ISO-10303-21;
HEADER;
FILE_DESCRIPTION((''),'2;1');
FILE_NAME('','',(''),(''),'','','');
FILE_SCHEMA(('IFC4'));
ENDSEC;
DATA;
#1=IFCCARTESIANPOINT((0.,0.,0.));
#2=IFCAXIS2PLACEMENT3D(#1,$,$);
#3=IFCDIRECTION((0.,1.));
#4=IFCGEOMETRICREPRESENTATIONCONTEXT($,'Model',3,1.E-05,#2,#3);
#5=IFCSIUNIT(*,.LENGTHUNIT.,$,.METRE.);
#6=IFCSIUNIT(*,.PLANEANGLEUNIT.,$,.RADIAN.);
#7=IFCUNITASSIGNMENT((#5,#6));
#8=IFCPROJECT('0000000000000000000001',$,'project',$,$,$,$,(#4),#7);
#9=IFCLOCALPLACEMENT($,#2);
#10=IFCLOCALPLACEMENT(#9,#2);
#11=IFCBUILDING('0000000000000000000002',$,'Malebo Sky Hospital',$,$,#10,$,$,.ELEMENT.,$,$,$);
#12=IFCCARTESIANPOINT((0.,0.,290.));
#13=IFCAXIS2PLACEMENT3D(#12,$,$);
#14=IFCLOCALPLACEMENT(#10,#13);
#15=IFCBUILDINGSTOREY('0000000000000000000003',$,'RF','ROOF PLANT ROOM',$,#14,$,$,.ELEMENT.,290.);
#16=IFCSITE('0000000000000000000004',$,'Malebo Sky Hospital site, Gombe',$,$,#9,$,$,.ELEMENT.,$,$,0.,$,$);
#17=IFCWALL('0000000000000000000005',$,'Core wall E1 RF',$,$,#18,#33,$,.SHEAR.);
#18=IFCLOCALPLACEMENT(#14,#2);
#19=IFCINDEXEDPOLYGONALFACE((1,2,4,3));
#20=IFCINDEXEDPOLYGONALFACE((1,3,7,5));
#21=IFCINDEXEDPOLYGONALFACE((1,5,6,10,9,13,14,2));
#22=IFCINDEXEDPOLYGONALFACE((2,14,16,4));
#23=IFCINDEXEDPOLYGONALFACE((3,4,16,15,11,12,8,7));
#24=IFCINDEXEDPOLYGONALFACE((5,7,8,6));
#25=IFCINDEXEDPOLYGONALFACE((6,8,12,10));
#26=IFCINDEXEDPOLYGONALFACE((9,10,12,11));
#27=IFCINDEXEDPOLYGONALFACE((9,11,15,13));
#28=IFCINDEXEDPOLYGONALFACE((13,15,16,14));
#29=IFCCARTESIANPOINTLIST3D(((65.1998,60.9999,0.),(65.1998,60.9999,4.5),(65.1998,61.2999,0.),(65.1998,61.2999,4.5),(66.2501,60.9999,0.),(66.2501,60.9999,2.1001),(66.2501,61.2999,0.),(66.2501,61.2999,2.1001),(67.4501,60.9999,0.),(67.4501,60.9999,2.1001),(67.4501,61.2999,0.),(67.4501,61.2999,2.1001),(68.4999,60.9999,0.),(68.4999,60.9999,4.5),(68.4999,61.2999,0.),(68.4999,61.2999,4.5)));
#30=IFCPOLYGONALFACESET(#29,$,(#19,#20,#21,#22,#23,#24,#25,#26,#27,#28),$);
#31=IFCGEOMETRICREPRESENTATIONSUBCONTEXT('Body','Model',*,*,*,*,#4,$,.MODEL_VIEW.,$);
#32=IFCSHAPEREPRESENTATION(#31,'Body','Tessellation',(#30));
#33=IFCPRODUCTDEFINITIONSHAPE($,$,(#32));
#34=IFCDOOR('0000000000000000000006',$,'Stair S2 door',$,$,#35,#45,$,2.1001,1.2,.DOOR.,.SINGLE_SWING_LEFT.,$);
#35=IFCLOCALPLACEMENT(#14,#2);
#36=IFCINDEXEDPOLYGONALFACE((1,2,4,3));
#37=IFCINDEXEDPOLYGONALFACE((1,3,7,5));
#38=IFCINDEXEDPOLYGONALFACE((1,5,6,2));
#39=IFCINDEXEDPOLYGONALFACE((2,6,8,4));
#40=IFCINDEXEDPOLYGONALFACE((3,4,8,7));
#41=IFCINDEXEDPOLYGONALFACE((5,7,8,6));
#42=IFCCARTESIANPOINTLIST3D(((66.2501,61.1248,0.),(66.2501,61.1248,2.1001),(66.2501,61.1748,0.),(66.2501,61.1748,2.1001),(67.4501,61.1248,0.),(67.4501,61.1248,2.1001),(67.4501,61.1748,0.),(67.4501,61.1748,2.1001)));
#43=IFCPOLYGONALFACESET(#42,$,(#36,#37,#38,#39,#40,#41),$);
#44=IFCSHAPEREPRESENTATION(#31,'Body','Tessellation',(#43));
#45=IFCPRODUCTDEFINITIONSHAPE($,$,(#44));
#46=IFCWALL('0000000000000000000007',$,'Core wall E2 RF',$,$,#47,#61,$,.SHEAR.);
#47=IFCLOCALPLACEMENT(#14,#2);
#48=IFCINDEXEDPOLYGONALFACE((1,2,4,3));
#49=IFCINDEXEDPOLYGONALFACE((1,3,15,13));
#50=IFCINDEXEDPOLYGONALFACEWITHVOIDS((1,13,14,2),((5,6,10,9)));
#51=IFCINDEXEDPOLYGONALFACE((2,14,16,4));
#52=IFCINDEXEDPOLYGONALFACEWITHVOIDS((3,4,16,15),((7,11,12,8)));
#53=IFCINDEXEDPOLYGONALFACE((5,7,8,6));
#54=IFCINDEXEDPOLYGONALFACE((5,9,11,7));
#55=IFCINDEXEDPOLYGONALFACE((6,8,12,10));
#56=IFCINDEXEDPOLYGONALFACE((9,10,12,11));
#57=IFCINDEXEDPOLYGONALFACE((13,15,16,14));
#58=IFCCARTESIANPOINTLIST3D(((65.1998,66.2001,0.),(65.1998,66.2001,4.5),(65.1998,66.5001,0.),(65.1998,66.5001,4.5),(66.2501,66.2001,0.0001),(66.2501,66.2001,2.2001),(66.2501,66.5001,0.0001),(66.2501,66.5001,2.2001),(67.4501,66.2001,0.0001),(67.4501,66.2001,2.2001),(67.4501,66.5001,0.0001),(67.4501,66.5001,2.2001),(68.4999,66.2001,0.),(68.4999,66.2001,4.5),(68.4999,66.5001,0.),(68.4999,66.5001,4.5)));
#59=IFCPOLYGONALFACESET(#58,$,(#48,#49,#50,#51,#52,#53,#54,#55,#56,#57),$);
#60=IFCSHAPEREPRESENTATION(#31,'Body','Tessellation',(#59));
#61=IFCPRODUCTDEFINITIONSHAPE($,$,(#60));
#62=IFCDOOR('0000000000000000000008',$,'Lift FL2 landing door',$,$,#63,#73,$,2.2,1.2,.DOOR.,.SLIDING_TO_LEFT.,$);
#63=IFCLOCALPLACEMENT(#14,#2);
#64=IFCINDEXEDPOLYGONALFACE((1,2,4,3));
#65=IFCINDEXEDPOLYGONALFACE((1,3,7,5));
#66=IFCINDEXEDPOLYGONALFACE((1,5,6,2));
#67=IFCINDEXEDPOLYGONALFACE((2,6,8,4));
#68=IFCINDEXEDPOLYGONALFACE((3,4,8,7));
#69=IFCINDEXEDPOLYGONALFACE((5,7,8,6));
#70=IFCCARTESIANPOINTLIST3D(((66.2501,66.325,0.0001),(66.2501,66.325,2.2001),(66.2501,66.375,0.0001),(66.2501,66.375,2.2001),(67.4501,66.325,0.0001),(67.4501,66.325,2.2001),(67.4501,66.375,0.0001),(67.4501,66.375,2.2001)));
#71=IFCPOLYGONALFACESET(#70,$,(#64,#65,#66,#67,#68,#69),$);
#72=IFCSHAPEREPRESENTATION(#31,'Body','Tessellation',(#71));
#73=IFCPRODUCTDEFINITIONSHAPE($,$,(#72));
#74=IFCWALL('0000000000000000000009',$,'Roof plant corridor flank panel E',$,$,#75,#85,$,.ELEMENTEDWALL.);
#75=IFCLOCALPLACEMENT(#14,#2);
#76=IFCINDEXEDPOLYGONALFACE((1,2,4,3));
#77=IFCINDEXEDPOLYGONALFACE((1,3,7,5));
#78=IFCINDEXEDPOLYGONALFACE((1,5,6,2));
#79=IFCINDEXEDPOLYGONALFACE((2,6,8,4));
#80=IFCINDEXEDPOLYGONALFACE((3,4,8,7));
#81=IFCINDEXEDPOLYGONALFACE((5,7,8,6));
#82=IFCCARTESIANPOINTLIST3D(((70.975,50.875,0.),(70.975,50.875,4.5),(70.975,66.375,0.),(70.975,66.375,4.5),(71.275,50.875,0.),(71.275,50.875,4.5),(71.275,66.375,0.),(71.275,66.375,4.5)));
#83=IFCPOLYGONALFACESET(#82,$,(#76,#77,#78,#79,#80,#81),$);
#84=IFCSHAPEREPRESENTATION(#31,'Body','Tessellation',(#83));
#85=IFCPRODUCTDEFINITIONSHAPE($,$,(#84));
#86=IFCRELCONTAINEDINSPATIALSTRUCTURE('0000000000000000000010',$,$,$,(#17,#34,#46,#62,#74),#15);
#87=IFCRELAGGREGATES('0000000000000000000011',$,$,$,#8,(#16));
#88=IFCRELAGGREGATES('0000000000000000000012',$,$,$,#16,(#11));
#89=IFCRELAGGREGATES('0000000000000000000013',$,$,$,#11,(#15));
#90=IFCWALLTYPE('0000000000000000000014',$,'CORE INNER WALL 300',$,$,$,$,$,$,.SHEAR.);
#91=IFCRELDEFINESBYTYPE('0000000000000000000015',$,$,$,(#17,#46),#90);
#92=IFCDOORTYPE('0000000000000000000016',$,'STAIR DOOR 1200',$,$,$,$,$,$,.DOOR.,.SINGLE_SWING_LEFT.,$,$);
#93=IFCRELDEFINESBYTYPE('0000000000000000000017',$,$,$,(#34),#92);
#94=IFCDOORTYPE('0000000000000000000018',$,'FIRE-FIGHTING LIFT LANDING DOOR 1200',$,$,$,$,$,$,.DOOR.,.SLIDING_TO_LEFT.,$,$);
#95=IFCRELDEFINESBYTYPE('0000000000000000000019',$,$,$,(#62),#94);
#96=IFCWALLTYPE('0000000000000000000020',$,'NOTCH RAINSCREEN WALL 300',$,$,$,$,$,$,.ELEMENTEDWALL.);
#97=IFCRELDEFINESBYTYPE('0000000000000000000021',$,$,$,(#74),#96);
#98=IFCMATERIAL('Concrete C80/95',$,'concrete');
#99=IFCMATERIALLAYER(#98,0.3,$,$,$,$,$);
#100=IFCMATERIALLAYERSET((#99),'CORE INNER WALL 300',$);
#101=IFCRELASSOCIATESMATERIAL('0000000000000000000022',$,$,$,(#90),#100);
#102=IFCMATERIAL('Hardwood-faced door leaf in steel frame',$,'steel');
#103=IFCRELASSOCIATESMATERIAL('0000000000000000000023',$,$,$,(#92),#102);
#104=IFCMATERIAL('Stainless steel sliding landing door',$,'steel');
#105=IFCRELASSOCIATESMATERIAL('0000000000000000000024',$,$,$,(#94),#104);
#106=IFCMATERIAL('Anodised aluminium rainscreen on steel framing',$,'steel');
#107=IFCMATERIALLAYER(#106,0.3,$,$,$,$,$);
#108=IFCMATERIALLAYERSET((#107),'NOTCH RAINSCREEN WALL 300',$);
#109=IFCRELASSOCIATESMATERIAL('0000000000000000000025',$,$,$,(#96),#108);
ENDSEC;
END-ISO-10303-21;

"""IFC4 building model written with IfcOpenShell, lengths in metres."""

from ifc_helpers import new_model, si_unit, direction, frame, frame_2d, origin, place, context, subcontext, project, spatial, rectangle, extrude, material, layer, layer_set, type_object, element, fill, save


model = new_model("IFC4")

# Units and contexts
model_context = context("Model", 3, precision=1e-05, world=origin(), true_north=direction((0.0, 1.0)))
body_context = subcontext(model_context, "Body", "Model", "MODEL_VIEW")
ifc_project = project(units=[si_unit("LENGTHUNIT", "METRE"), si_unit("PLANEANGLEUNIT", "RADIAN")], contexts=[model_context])

# Site, building, storey
site_placement = place(None, origin())
site = spatial("IfcSite", under=ifc_project, at=site_placement, Name="Malebo Sky Hospital site, Gombe", CompositionType="ELEMENT", RefElevation=0.0)
building_placement = place(site_placement, origin())
building = spatial("IfcBuilding", under=site, at=building_placement, Name="Malebo Sky Hospital", CompositionType="ELEMENT")
storey_placement = place(building_placement, frame((0.0, 0.0, 290.0)))
storey = spatial("IfcBuildingStorey", under=building, at=storey_placement, Name="RF", Description="ROOF PLANT ROOM", CompositionType="ELEMENT", Elevation=290.0)

# Shared definitions
ifc_material_1 = material(Name="Concrete C80/95", Category="concrete")

# Walls, openings, doors
ifc_layer_1 = layer(ifc_material_1, 0.3)
ifc_layer_set_1 = layer_set([ifc_layer_1], Name="CORE INNER WALL 300")
wall_type_1 = type_object("IfcWallType", Name="CORE INNER WALL 300", PredefinedType="SHEAR", material=ifc_layer_set_1)
wall_1_placement = place(storey_placement, frame((65.2, 61.1499, 0.0), z_axis=(0.0, 0.0, 1.0), x_axis=(1.0, 0.0, 0.0)))
wall_1 = element("IfcWall", 1, at=wall_1_placement, inside=storey, type_object=wall_type_1, Name="Core wall E1 RF", PredefinedType="SHEAR", context=body_context, shape_type="SweptSolid", body=[
    extrude(rectangle(XDim=3.3, YDim=0.3, at=frame_2d((1.6499, 0.0))), origin(), (0.0, 0.0, 1.0), 4.5),
])
opening_1_placement = place(wall_1_placement, frame((1.05, 0.0, 0.0)))
opening_1 = element("IfcOpeningElement", 2, at=opening_1_placement, cuts=wall_1, PredefinedType="OPENING", context=body_context, shape_type="SweptSolid", body=[
    extrude(rectangle(XDim=1.2, YDim=2.1001, at=frame_2d((0.6001, 1.05))), frame((0.0, 0.1599, 0.0), z_axis=(0.0, -1.0, 0.0), x_axis=(1.0, 0.0, 0.0)), (0.0, 0.0, 1.0), 0.3201),
])
ifc_material_2 = material(Name="Hardwood-faced door leaf in steel frame", Category="steel")
door_type_1 = type_object("IfcDoorType", Name="STAIR DOOR 1200", OperationType="SINGLE_SWING_LEFT", PredefinedType="DOOR", material=ifc_material_2)
door_1_placement = place(opening_1_placement, origin())
door_1 = element("IfcDoor", 3, at=door_1_placement, inside=storey, type_object=door_type_1, Name="Stair S2 door", OperationType="SINGLE_SWING_LEFT", OverallHeight=2.1001, OverallWidth=1.2, PredefinedType="DOOR", context=body_context, shape_type="SweptSolid", body=[
    extrude(rectangle(XDim=1.2, YDim=2.1001, at=frame_2d((0.6001, 1.05))), frame((0.0, 0.0249, 0.0), z_axis=(0.0, -1.0, 0.0), x_axis=(1.0, 0.0, 0.0)), (0.0, 0.0, 1.0), 0.05),
])
fill(opening_1, door_1)
wall_2_placement = place(storey_placement, frame((65.2, 66.3501, 0.0), z_axis=(0.0, 0.0, 1.0), x_axis=(1.0, 0.0, 0.0)))
wall_2 = element("IfcWall", 4, at=wall_2_placement, inside=storey, type_object=wall_type_1, Name="Core wall E2 RF", PredefinedType="SHEAR", context=body_context, shape_type="SweptSolid", body=[
    extrude(rectangle(XDim=3.3, YDim=0.3, at=frame_2d((1.6499, 0.0))), origin(), (0.0, 0.0, 1.0), 4.5),
])
opening_2_placement = place(wall_2_placement, frame((1.05, 0.0, 0.0)))
opening_2 = element("IfcOpeningElement", 5, at=opening_2_placement, cuts=wall_2, PredefinedType="OPENING", context=body_context, shape_type="SweptSolid", body=[
    extrude(rectangle(XDim=1.2, YDim=2.2, at=frame_2d((0.6001, 1.1001))), frame((0.0, 0.1599, 0.0), z_axis=(0.0, -1.0, 0.0), x_axis=(1.0, 0.0, 0.0)), (0.0, 0.0, 1.0), 0.3201),
])
ifc_material_3 = material(Name="Stainless steel sliding landing door", Category="steel")
door_type_2 = type_object("IfcDoorType", Name="FIRE-FIGHTING LIFT LANDING DOOR 1200", OperationType="SLIDING_TO_LEFT", PredefinedType="DOOR", material=ifc_material_3)
door_2_placement = place(opening_2_placement, origin())
door_2 = element("IfcDoor", 6, at=door_2_placement, inside=storey, type_object=door_type_2, Name="Lift FL2 landing door", OperationType="SLIDING_TO_LEFT", OverallHeight=2.2, OverallWidth=1.2, PredefinedType="DOOR", context=body_context, shape_type="SweptSolid", body=[
    extrude(rectangle(XDim=1.2, YDim=2.2, at=frame_2d((0.6001, 1.1001))), frame((0.0, 0.0249, 0.0), z_axis=(0.0, -1.0, 0.0), x_axis=(1.0, 0.0, 0.0)), (0.0, 0.0, 1.0), 0.05),
])
fill(opening_2, door_2)

# Wall
ifc_material_4 = material(Name="Anodised aluminium rainscreen on steel framing", Category="steel")
ifc_layer_2 = layer(ifc_material_4, 0.3)
ifc_layer_set_2 = layer_set([ifc_layer_2], Name="NOTCH RAINSCREEN WALL 300")
wall_type_2 = type_object("IfcWallType", Name="NOTCH RAINSCREEN WALL 300", PredefinedType="ELEMENTEDWALL", material=ifc_layer_set_2)
wall_3_placement = place(storey_placement, frame((71.125, 66.375, 0.0), z_axis=(0.0, 0.0, 1.0), x_axis=(0.0, -1.0, 0.0)))
element("IfcWall", 7, at=wall_3_placement, inside=storey, type_object=wall_type_2, Name="Roof plant corridor flank panel E", PredefinedType="ELEMENTEDWALL", context=body_context, shape_type="SweptSolid", body=[
    extrude(rectangle(XDim=15.5, YDim=0.3, at=frame_2d((7.75, 0.0))), origin(), (0.0, 0.0, 1.0), 4.5),
])

save(model, "model.ifc")
